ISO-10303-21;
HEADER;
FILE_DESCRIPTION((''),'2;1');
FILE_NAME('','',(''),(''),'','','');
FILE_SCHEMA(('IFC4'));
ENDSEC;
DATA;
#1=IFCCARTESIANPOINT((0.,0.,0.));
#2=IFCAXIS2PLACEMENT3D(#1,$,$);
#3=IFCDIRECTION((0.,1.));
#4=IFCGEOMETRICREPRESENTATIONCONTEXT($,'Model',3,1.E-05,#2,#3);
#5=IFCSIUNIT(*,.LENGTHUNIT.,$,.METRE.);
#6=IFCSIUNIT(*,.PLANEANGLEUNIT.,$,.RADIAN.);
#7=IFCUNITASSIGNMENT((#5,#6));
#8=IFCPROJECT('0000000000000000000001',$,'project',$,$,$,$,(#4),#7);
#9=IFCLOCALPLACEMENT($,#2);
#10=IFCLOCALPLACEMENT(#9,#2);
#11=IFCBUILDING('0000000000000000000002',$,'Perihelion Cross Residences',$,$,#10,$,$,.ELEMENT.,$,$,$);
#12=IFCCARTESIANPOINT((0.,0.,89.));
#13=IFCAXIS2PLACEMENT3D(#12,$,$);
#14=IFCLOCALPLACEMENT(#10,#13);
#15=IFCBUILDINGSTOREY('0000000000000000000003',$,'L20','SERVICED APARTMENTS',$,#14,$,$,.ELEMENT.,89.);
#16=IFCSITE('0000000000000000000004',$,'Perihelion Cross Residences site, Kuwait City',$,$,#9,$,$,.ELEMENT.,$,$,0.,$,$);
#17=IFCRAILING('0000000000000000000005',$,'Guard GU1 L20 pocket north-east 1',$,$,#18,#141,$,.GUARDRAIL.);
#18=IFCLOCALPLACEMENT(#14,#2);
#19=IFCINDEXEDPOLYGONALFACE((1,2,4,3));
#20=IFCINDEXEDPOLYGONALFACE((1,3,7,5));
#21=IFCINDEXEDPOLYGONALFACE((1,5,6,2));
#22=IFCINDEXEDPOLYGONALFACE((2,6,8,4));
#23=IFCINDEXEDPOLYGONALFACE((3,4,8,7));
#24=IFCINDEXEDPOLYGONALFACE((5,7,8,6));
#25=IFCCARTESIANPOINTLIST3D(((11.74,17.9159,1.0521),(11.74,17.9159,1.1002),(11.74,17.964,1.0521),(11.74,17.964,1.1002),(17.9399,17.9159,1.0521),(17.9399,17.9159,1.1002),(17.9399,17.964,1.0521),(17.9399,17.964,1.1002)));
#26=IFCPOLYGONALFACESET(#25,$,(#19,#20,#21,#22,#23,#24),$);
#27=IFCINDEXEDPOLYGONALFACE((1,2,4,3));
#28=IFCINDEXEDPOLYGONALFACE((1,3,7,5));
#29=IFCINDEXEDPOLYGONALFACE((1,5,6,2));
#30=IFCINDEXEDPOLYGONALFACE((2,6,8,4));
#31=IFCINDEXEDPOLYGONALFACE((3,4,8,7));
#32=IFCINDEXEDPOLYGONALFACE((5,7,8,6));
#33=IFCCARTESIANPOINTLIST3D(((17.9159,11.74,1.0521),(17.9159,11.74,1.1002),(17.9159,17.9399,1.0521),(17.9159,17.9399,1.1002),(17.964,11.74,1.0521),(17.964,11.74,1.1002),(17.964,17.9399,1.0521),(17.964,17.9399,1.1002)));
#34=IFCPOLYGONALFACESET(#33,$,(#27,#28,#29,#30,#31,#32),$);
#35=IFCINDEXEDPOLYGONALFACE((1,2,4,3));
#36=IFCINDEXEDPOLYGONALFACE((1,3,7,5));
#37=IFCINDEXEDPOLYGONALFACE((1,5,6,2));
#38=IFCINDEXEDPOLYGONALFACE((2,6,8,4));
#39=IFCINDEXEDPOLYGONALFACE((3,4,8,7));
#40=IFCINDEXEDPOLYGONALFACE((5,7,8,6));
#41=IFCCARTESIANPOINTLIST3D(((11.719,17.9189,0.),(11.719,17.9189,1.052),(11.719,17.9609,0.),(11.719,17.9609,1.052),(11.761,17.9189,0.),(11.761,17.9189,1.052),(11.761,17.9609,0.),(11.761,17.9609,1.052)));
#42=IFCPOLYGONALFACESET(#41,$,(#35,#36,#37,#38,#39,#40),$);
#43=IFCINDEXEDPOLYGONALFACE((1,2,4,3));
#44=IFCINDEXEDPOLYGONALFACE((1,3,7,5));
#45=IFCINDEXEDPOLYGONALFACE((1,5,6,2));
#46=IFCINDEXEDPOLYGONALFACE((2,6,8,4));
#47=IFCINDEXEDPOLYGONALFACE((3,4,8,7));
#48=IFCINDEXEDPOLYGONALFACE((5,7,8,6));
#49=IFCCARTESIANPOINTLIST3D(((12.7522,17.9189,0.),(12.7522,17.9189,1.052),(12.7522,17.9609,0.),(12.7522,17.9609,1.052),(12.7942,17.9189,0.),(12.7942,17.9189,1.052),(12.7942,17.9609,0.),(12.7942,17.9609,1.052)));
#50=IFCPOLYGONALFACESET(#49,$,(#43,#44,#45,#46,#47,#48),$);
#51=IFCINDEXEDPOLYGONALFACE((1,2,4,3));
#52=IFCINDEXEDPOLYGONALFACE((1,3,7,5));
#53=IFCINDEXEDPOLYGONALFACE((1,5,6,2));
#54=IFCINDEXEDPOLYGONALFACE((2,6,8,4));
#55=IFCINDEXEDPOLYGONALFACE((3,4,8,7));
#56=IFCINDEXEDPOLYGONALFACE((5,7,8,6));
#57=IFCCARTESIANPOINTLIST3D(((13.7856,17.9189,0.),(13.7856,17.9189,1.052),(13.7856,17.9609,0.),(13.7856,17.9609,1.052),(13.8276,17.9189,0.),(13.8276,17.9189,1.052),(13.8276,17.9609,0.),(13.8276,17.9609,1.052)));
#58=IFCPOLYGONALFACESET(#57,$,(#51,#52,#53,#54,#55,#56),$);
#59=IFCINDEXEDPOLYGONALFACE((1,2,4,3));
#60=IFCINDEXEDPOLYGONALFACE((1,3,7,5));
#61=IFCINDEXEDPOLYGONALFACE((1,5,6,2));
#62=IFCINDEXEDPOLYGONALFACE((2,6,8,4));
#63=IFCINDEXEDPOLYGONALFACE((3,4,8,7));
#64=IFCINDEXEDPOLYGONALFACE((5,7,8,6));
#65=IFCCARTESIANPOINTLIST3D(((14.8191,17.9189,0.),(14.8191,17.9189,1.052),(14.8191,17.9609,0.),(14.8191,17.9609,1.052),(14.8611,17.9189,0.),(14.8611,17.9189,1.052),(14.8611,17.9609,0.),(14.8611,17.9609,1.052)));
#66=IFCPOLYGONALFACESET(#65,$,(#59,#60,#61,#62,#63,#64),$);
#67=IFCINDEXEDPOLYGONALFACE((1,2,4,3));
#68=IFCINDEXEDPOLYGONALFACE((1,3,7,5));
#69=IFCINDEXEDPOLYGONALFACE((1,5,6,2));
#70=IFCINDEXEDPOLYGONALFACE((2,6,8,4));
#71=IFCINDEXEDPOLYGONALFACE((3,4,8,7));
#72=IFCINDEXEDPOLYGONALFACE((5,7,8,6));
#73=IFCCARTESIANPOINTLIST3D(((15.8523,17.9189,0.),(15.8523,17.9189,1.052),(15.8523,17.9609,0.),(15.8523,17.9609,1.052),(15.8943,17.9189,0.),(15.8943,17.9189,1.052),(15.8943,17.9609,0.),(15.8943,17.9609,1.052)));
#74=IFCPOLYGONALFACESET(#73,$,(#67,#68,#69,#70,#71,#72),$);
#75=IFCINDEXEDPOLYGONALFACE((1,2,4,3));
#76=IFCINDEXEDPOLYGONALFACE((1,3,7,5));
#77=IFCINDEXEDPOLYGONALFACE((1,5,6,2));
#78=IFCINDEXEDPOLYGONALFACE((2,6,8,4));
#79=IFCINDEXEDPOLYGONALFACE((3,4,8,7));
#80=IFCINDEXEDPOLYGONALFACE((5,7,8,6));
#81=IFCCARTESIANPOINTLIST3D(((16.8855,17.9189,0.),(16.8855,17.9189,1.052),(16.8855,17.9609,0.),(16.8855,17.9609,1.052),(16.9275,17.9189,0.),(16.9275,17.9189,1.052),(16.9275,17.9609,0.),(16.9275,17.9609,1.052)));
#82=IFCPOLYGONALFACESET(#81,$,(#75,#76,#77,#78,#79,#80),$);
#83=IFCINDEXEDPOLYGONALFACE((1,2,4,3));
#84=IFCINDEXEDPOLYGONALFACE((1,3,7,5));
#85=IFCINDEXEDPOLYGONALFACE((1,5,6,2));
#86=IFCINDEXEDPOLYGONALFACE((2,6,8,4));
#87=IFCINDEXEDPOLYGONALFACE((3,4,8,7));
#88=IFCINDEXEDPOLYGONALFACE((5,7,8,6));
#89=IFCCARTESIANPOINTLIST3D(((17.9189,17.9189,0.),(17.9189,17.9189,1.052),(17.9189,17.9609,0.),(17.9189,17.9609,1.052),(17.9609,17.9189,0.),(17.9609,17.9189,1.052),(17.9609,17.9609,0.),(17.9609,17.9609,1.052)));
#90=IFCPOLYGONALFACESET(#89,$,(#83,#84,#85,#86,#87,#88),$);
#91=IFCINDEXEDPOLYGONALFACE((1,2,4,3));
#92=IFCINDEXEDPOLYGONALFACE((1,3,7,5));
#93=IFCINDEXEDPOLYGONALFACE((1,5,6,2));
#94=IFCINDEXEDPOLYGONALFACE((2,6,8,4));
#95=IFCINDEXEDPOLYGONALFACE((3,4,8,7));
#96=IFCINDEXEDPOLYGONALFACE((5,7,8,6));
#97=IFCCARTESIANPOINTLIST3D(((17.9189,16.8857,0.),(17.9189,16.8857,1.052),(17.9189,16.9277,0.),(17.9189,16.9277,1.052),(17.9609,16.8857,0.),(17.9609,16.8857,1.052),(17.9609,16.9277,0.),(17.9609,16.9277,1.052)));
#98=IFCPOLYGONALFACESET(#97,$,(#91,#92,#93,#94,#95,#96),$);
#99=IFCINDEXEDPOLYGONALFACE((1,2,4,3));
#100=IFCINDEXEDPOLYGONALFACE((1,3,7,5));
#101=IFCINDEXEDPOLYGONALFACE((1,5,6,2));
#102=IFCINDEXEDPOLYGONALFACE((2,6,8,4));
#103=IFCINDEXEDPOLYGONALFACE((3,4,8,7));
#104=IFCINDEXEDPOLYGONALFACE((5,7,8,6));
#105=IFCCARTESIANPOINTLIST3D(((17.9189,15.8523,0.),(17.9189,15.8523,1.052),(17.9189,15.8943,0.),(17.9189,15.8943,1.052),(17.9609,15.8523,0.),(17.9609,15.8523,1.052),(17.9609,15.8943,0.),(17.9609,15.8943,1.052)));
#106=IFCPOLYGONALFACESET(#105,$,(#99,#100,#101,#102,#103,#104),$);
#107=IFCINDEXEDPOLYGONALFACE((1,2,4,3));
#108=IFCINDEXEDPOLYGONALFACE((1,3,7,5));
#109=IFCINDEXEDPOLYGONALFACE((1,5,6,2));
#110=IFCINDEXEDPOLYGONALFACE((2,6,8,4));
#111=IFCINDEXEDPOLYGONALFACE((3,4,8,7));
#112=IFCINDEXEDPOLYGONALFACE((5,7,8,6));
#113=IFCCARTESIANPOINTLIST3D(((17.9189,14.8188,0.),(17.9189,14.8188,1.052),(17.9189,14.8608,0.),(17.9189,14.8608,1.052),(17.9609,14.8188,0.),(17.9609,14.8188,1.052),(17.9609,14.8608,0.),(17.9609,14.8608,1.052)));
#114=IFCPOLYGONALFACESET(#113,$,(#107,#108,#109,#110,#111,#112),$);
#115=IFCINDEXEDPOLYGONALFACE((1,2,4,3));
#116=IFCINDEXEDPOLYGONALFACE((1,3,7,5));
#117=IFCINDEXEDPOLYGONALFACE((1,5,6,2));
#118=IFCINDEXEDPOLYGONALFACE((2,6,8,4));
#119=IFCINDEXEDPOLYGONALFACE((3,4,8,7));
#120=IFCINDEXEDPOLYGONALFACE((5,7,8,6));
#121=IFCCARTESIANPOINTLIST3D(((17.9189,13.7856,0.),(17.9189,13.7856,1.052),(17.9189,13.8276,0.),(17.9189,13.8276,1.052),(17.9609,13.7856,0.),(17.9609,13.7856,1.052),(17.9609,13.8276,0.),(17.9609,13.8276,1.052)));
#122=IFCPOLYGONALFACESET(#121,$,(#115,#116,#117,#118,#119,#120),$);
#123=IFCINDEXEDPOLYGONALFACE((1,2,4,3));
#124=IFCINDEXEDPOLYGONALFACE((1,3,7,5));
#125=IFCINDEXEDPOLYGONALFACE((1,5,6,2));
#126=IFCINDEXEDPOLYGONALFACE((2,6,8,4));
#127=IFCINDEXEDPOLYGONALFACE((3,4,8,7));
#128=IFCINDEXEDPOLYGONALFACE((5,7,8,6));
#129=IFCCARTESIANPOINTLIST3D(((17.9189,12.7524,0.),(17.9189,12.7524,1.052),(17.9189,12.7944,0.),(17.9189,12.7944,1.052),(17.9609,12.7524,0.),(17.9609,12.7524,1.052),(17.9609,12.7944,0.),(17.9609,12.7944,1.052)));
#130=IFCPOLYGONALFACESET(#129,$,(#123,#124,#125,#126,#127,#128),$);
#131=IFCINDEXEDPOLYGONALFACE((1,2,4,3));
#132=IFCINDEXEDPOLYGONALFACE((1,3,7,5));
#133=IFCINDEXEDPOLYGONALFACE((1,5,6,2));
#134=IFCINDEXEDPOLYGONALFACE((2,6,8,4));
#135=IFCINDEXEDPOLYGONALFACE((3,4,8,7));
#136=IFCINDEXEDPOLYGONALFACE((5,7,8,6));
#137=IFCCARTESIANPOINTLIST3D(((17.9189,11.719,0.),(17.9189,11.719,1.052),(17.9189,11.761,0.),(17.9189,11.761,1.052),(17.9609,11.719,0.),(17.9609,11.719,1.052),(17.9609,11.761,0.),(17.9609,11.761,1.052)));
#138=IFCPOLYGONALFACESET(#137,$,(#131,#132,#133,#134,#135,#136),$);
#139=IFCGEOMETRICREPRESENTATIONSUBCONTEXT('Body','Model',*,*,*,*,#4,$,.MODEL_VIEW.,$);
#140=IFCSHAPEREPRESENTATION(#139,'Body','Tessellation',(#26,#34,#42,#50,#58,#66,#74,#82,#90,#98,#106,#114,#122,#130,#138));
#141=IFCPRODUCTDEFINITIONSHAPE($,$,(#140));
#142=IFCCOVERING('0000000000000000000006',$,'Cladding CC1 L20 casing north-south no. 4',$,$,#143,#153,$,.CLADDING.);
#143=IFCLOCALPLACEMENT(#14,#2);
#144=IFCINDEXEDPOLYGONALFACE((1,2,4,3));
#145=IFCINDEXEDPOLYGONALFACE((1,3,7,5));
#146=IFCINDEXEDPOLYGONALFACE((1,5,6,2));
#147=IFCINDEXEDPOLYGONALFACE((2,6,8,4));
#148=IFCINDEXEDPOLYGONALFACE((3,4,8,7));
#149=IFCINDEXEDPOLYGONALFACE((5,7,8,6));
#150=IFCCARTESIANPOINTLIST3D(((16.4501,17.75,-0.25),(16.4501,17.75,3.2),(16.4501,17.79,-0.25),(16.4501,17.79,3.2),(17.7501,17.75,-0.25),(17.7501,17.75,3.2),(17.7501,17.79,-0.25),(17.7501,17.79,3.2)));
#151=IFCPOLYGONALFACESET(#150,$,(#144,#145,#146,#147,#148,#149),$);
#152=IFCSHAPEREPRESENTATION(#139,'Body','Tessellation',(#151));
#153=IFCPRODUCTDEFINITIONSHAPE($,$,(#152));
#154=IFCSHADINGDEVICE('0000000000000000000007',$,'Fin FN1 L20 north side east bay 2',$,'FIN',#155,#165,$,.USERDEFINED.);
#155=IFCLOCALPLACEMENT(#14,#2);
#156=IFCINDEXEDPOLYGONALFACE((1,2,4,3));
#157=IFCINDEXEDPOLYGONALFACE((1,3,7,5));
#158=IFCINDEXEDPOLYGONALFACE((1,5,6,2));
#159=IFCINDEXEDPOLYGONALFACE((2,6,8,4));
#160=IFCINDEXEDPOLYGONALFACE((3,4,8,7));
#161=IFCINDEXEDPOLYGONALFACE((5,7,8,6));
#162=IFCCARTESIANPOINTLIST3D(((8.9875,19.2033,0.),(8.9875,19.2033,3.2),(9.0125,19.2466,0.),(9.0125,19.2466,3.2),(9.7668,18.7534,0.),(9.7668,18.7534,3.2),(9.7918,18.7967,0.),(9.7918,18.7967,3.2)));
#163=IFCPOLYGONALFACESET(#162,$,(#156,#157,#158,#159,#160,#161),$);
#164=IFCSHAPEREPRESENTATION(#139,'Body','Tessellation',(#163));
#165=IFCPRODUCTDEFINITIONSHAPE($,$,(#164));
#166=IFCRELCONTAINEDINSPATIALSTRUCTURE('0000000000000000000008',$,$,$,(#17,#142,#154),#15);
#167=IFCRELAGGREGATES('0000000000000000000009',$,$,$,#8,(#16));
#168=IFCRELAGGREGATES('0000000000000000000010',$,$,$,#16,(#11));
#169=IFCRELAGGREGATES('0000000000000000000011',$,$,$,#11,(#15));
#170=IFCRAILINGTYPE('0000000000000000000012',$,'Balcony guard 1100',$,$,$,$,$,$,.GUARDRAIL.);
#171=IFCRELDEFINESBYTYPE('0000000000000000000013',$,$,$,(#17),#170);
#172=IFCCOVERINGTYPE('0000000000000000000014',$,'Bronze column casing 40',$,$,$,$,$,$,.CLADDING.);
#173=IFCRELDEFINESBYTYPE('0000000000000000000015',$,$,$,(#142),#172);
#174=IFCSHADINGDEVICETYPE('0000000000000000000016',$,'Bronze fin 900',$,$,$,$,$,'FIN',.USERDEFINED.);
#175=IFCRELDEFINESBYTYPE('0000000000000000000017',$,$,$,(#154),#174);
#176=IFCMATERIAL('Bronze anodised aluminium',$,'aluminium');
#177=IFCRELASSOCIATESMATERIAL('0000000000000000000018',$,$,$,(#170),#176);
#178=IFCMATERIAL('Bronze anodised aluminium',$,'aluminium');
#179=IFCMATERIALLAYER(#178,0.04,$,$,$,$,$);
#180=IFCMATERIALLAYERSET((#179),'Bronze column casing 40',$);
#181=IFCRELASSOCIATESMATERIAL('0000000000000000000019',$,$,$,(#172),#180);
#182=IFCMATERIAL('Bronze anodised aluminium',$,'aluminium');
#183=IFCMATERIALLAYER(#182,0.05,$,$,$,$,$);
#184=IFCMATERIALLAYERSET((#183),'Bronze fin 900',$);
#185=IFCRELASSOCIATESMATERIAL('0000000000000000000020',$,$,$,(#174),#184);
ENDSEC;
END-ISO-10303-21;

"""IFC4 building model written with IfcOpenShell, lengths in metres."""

from ifc_helpers import new_model, si_unit, direction, frame, origin, origin_2d, place, context, subcontext, project, spatial, rectangle, extrude, material, layer, layer_set, type_object, element, save


model = new_model("IFC4")

# Units and contexts
model_context = context("Model", 3, precision=1e-05, world=origin(), true_north=direction((0.0, 1.0)))
body_context = subcontext(model_context, "Body", "Model", "MODEL_VIEW")
ifc_project = project(units=[si_unit("LENGTHUNIT", "METRE"), si_unit("PLANEANGLEUNIT", "RADIAN")], contexts=[model_context])

# Site, building, storey
site_placement = place(None, origin())
site = spatial("IfcSite", under=ifc_project, at=site_placement, Name="Perihelion Cross Residences site, Kuwait City", CompositionType="ELEMENT", RefElevation=0.0)
building_placement = place(site_placement, origin())
building = spatial("IfcBuilding", under=site, at=building_placement, Name="Perihelion Cross Residences", CompositionType="ELEMENT")
storey_placement = place(building_placement, frame((0.0, 0.0, 89.0)))
storey = spatial("IfcBuildingStorey", under=building, at=storey_placement, Name="L20", Description="SERVICED APARTMENTS", CompositionType="ELEMENT", Elevation=89.0)

# Railing
ifc_material_1 = material(Name="Bronze anodised aluminium", Category="aluminium")
railing_type = type_object("IfcRailingType", Name="Balcony guard 1100", PredefinedType="GUARDRAIL", material=ifc_material_1)
railing_1_placement = place(storey_placement, frame((11.74, 17.9399, 0.0)))
element("IfcRailing", 1, at=railing_1_placement, inside=storey, type_object=railing_type, Name="Guard GU1 L20 pocket north-east 1", PredefinedType="GUARDRAIL", context=body_context, shape_type="SweptSolid", body=[
    extrude(rectangle(XDim=0.0481, YDim=0.0481, at=origin_2d()), frame((0.0, 0.0, 1.0762), z_axis=(1.0, 0.0, 0.0), x_axis=(0.0, 1.0, 0.0)), (0.0, 0.0, 1.0), 6.2),
    extrude(rectangle(XDim=0.0481, YDim=0.0481, at=origin_2d()), frame((6.2, 0.0, 1.0762), z_axis=(0.0, -1.0, 0.0), x_axis=(1.0, 0.0, 0.0)), (0.0, 0.0, 1.0), 6.2),
    extrude(rectangle(XDim=0.042, YDim=0.042, at=origin_2d()), origin(), (0.0, 0.0, 1.0), 1.052),
    extrude(rectangle(XDim=0.042, YDim=0.042, at=origin_2d()), frame((1.0332, 0.0, 0.0)), (0.0, 0.0, 1.0), 1.052),
    extrude(rectangle(XDim=0.042, YDim=0.042, at=origin_2d()), frame((2.0667, 0.0, 0.0)), (0.0, 0.0, 1.0), 1.052),
    extrude(rectangle(XDim=0.042, YDim=0.042, at=origin_2d()), frame((3.1001, 0.0, 0.0)), (0.0, 0.0, 1.0), 1.052),
    extrude(rectangle(XDim=0.042, YDim=0.042, at=origin_2d()), frame((4.1333, 0.0, 0.0)), (0.0, 0.0, 1.0), 1.052),
    extrude(rectangle(XDim=0.042, YDim=0.042, at=origin_2d()), frame((5.1665, 0.0, 0.0)), (0.0, 0.0, 1.0), 1.052),
    extrude(rectangle(XDim=0.042, YDim=0.042, at=origin_2d()), frame((6.2, 0.0, 0.0)), (0.0, 0.0, 1.0), 1.052),
    extrude(rectangle(XDim=0.042, YDim=0.042, at=origin_2d()), frame((6.2, -1.0332, 0.0)), (0.0, 0.0, 1.0), 1.052),
    extrude(rectangle(XDim=0.042, YDim=0.042, at=origin_2d()), frame((6.2, -2.0667, 0.0)), (0.0, 0.0, 1.0), 1.052),
    extrude(rectangle(XDim=0.042, YDim=0.042, at=origin_2d()), frame((6.2, -3.1001, 0.0)), (0.0, 0.0, 1.0), 1.052),
    extrude(rectangle(XDim=0.042, YDim=0.042, at=origin_2d()), frame((6.2, -4.1333, 0.0)), (0.0, 0.0, 1.0), 1.052),
    extrude(rectangle(XDim=0.042, YDim=0.042, at=origin_2d()), frame((6.2, -5.1665, 0.0)), (0.0, 0.0, 1.0), 1.052),
    extrude(rectangle(XDim=0.042, YDim=0.042, at=origin_2d()), frame((6.2, -6.2, 0.0)), (0.0, 0.0, 1.0), 1.052),
])

# Covering
ifc_material_2 = material(Name="Bronze anodised aluminium", Category="aluminium")
ifc_layer_1 = layer(ifc_material_2, 0.04)
ifc_layer_set_1 = layer_set([ifc_layer_1], Name="Bronze column casing 40")
covering_type = type_object("IfcCoveringType", Name="Bronze column casing 40", PredefinedType="CLADDING", material=ifc_layer_set_1)
covering_placement = place(storey_placement, frame((17.1001, 17.77, -0.25), z_axis=(0.0, 0.0, 1.0), x_axis=(1.0, 0.0, 0.0)))
element("IfcCovering", 2, at=covering_placement, inside=storey, type_object=covering_type, Name="Cladding CC1 L20 casing north-south no. 4", PredefinedType="CLADDING", context=body_context, shape_type="SweptSolid", body=[
    extrude(rectangle(XDim=1.3, YDim=0.04, at=origin_2d()), origin(), (0.0, 0.0, 1.0), 3.45),
])

# Shading device
ifc_material_3 = material(Name="Bronze anodised aluminium", Category="aluminium")
ifc_layer_2 = layer(ifc_material_3, 0.05)
ifc_layer_set_2 = layer_set([ifc_layer_2], Name="Bronze fin 900")
shading_device_type = type_object("IfcShadingDeviceType", Name="Bronze fin 900", ElementType="FIN", PredefinedType="USERDEFINED", material=ifc_layer_set_2)
shading_device_placement = place(storey_placement, frame((9.3896, 19.0, 0.0), z_axis=(0.0, 0.0, 1.0), x_axis=(0.866025, -0.5, 0.0)))
element("IfcShadingDevice", 3, at=shading_device_placement, inside=storey, type_object=shading_device_type, Name="Fin FN1 L20 north side east bay 2", ObjectType="FIN", PredefinedType="USERDEFINED", context=body_context, shape_type="SweptSolid", body=[
    extrude(rectangle(XDim=0.8999, YDim=0.05, at=origin_2d()), origin(), (0.0, 0.0, 1.0), 3.2),
])

save(model, "model.ifc")
